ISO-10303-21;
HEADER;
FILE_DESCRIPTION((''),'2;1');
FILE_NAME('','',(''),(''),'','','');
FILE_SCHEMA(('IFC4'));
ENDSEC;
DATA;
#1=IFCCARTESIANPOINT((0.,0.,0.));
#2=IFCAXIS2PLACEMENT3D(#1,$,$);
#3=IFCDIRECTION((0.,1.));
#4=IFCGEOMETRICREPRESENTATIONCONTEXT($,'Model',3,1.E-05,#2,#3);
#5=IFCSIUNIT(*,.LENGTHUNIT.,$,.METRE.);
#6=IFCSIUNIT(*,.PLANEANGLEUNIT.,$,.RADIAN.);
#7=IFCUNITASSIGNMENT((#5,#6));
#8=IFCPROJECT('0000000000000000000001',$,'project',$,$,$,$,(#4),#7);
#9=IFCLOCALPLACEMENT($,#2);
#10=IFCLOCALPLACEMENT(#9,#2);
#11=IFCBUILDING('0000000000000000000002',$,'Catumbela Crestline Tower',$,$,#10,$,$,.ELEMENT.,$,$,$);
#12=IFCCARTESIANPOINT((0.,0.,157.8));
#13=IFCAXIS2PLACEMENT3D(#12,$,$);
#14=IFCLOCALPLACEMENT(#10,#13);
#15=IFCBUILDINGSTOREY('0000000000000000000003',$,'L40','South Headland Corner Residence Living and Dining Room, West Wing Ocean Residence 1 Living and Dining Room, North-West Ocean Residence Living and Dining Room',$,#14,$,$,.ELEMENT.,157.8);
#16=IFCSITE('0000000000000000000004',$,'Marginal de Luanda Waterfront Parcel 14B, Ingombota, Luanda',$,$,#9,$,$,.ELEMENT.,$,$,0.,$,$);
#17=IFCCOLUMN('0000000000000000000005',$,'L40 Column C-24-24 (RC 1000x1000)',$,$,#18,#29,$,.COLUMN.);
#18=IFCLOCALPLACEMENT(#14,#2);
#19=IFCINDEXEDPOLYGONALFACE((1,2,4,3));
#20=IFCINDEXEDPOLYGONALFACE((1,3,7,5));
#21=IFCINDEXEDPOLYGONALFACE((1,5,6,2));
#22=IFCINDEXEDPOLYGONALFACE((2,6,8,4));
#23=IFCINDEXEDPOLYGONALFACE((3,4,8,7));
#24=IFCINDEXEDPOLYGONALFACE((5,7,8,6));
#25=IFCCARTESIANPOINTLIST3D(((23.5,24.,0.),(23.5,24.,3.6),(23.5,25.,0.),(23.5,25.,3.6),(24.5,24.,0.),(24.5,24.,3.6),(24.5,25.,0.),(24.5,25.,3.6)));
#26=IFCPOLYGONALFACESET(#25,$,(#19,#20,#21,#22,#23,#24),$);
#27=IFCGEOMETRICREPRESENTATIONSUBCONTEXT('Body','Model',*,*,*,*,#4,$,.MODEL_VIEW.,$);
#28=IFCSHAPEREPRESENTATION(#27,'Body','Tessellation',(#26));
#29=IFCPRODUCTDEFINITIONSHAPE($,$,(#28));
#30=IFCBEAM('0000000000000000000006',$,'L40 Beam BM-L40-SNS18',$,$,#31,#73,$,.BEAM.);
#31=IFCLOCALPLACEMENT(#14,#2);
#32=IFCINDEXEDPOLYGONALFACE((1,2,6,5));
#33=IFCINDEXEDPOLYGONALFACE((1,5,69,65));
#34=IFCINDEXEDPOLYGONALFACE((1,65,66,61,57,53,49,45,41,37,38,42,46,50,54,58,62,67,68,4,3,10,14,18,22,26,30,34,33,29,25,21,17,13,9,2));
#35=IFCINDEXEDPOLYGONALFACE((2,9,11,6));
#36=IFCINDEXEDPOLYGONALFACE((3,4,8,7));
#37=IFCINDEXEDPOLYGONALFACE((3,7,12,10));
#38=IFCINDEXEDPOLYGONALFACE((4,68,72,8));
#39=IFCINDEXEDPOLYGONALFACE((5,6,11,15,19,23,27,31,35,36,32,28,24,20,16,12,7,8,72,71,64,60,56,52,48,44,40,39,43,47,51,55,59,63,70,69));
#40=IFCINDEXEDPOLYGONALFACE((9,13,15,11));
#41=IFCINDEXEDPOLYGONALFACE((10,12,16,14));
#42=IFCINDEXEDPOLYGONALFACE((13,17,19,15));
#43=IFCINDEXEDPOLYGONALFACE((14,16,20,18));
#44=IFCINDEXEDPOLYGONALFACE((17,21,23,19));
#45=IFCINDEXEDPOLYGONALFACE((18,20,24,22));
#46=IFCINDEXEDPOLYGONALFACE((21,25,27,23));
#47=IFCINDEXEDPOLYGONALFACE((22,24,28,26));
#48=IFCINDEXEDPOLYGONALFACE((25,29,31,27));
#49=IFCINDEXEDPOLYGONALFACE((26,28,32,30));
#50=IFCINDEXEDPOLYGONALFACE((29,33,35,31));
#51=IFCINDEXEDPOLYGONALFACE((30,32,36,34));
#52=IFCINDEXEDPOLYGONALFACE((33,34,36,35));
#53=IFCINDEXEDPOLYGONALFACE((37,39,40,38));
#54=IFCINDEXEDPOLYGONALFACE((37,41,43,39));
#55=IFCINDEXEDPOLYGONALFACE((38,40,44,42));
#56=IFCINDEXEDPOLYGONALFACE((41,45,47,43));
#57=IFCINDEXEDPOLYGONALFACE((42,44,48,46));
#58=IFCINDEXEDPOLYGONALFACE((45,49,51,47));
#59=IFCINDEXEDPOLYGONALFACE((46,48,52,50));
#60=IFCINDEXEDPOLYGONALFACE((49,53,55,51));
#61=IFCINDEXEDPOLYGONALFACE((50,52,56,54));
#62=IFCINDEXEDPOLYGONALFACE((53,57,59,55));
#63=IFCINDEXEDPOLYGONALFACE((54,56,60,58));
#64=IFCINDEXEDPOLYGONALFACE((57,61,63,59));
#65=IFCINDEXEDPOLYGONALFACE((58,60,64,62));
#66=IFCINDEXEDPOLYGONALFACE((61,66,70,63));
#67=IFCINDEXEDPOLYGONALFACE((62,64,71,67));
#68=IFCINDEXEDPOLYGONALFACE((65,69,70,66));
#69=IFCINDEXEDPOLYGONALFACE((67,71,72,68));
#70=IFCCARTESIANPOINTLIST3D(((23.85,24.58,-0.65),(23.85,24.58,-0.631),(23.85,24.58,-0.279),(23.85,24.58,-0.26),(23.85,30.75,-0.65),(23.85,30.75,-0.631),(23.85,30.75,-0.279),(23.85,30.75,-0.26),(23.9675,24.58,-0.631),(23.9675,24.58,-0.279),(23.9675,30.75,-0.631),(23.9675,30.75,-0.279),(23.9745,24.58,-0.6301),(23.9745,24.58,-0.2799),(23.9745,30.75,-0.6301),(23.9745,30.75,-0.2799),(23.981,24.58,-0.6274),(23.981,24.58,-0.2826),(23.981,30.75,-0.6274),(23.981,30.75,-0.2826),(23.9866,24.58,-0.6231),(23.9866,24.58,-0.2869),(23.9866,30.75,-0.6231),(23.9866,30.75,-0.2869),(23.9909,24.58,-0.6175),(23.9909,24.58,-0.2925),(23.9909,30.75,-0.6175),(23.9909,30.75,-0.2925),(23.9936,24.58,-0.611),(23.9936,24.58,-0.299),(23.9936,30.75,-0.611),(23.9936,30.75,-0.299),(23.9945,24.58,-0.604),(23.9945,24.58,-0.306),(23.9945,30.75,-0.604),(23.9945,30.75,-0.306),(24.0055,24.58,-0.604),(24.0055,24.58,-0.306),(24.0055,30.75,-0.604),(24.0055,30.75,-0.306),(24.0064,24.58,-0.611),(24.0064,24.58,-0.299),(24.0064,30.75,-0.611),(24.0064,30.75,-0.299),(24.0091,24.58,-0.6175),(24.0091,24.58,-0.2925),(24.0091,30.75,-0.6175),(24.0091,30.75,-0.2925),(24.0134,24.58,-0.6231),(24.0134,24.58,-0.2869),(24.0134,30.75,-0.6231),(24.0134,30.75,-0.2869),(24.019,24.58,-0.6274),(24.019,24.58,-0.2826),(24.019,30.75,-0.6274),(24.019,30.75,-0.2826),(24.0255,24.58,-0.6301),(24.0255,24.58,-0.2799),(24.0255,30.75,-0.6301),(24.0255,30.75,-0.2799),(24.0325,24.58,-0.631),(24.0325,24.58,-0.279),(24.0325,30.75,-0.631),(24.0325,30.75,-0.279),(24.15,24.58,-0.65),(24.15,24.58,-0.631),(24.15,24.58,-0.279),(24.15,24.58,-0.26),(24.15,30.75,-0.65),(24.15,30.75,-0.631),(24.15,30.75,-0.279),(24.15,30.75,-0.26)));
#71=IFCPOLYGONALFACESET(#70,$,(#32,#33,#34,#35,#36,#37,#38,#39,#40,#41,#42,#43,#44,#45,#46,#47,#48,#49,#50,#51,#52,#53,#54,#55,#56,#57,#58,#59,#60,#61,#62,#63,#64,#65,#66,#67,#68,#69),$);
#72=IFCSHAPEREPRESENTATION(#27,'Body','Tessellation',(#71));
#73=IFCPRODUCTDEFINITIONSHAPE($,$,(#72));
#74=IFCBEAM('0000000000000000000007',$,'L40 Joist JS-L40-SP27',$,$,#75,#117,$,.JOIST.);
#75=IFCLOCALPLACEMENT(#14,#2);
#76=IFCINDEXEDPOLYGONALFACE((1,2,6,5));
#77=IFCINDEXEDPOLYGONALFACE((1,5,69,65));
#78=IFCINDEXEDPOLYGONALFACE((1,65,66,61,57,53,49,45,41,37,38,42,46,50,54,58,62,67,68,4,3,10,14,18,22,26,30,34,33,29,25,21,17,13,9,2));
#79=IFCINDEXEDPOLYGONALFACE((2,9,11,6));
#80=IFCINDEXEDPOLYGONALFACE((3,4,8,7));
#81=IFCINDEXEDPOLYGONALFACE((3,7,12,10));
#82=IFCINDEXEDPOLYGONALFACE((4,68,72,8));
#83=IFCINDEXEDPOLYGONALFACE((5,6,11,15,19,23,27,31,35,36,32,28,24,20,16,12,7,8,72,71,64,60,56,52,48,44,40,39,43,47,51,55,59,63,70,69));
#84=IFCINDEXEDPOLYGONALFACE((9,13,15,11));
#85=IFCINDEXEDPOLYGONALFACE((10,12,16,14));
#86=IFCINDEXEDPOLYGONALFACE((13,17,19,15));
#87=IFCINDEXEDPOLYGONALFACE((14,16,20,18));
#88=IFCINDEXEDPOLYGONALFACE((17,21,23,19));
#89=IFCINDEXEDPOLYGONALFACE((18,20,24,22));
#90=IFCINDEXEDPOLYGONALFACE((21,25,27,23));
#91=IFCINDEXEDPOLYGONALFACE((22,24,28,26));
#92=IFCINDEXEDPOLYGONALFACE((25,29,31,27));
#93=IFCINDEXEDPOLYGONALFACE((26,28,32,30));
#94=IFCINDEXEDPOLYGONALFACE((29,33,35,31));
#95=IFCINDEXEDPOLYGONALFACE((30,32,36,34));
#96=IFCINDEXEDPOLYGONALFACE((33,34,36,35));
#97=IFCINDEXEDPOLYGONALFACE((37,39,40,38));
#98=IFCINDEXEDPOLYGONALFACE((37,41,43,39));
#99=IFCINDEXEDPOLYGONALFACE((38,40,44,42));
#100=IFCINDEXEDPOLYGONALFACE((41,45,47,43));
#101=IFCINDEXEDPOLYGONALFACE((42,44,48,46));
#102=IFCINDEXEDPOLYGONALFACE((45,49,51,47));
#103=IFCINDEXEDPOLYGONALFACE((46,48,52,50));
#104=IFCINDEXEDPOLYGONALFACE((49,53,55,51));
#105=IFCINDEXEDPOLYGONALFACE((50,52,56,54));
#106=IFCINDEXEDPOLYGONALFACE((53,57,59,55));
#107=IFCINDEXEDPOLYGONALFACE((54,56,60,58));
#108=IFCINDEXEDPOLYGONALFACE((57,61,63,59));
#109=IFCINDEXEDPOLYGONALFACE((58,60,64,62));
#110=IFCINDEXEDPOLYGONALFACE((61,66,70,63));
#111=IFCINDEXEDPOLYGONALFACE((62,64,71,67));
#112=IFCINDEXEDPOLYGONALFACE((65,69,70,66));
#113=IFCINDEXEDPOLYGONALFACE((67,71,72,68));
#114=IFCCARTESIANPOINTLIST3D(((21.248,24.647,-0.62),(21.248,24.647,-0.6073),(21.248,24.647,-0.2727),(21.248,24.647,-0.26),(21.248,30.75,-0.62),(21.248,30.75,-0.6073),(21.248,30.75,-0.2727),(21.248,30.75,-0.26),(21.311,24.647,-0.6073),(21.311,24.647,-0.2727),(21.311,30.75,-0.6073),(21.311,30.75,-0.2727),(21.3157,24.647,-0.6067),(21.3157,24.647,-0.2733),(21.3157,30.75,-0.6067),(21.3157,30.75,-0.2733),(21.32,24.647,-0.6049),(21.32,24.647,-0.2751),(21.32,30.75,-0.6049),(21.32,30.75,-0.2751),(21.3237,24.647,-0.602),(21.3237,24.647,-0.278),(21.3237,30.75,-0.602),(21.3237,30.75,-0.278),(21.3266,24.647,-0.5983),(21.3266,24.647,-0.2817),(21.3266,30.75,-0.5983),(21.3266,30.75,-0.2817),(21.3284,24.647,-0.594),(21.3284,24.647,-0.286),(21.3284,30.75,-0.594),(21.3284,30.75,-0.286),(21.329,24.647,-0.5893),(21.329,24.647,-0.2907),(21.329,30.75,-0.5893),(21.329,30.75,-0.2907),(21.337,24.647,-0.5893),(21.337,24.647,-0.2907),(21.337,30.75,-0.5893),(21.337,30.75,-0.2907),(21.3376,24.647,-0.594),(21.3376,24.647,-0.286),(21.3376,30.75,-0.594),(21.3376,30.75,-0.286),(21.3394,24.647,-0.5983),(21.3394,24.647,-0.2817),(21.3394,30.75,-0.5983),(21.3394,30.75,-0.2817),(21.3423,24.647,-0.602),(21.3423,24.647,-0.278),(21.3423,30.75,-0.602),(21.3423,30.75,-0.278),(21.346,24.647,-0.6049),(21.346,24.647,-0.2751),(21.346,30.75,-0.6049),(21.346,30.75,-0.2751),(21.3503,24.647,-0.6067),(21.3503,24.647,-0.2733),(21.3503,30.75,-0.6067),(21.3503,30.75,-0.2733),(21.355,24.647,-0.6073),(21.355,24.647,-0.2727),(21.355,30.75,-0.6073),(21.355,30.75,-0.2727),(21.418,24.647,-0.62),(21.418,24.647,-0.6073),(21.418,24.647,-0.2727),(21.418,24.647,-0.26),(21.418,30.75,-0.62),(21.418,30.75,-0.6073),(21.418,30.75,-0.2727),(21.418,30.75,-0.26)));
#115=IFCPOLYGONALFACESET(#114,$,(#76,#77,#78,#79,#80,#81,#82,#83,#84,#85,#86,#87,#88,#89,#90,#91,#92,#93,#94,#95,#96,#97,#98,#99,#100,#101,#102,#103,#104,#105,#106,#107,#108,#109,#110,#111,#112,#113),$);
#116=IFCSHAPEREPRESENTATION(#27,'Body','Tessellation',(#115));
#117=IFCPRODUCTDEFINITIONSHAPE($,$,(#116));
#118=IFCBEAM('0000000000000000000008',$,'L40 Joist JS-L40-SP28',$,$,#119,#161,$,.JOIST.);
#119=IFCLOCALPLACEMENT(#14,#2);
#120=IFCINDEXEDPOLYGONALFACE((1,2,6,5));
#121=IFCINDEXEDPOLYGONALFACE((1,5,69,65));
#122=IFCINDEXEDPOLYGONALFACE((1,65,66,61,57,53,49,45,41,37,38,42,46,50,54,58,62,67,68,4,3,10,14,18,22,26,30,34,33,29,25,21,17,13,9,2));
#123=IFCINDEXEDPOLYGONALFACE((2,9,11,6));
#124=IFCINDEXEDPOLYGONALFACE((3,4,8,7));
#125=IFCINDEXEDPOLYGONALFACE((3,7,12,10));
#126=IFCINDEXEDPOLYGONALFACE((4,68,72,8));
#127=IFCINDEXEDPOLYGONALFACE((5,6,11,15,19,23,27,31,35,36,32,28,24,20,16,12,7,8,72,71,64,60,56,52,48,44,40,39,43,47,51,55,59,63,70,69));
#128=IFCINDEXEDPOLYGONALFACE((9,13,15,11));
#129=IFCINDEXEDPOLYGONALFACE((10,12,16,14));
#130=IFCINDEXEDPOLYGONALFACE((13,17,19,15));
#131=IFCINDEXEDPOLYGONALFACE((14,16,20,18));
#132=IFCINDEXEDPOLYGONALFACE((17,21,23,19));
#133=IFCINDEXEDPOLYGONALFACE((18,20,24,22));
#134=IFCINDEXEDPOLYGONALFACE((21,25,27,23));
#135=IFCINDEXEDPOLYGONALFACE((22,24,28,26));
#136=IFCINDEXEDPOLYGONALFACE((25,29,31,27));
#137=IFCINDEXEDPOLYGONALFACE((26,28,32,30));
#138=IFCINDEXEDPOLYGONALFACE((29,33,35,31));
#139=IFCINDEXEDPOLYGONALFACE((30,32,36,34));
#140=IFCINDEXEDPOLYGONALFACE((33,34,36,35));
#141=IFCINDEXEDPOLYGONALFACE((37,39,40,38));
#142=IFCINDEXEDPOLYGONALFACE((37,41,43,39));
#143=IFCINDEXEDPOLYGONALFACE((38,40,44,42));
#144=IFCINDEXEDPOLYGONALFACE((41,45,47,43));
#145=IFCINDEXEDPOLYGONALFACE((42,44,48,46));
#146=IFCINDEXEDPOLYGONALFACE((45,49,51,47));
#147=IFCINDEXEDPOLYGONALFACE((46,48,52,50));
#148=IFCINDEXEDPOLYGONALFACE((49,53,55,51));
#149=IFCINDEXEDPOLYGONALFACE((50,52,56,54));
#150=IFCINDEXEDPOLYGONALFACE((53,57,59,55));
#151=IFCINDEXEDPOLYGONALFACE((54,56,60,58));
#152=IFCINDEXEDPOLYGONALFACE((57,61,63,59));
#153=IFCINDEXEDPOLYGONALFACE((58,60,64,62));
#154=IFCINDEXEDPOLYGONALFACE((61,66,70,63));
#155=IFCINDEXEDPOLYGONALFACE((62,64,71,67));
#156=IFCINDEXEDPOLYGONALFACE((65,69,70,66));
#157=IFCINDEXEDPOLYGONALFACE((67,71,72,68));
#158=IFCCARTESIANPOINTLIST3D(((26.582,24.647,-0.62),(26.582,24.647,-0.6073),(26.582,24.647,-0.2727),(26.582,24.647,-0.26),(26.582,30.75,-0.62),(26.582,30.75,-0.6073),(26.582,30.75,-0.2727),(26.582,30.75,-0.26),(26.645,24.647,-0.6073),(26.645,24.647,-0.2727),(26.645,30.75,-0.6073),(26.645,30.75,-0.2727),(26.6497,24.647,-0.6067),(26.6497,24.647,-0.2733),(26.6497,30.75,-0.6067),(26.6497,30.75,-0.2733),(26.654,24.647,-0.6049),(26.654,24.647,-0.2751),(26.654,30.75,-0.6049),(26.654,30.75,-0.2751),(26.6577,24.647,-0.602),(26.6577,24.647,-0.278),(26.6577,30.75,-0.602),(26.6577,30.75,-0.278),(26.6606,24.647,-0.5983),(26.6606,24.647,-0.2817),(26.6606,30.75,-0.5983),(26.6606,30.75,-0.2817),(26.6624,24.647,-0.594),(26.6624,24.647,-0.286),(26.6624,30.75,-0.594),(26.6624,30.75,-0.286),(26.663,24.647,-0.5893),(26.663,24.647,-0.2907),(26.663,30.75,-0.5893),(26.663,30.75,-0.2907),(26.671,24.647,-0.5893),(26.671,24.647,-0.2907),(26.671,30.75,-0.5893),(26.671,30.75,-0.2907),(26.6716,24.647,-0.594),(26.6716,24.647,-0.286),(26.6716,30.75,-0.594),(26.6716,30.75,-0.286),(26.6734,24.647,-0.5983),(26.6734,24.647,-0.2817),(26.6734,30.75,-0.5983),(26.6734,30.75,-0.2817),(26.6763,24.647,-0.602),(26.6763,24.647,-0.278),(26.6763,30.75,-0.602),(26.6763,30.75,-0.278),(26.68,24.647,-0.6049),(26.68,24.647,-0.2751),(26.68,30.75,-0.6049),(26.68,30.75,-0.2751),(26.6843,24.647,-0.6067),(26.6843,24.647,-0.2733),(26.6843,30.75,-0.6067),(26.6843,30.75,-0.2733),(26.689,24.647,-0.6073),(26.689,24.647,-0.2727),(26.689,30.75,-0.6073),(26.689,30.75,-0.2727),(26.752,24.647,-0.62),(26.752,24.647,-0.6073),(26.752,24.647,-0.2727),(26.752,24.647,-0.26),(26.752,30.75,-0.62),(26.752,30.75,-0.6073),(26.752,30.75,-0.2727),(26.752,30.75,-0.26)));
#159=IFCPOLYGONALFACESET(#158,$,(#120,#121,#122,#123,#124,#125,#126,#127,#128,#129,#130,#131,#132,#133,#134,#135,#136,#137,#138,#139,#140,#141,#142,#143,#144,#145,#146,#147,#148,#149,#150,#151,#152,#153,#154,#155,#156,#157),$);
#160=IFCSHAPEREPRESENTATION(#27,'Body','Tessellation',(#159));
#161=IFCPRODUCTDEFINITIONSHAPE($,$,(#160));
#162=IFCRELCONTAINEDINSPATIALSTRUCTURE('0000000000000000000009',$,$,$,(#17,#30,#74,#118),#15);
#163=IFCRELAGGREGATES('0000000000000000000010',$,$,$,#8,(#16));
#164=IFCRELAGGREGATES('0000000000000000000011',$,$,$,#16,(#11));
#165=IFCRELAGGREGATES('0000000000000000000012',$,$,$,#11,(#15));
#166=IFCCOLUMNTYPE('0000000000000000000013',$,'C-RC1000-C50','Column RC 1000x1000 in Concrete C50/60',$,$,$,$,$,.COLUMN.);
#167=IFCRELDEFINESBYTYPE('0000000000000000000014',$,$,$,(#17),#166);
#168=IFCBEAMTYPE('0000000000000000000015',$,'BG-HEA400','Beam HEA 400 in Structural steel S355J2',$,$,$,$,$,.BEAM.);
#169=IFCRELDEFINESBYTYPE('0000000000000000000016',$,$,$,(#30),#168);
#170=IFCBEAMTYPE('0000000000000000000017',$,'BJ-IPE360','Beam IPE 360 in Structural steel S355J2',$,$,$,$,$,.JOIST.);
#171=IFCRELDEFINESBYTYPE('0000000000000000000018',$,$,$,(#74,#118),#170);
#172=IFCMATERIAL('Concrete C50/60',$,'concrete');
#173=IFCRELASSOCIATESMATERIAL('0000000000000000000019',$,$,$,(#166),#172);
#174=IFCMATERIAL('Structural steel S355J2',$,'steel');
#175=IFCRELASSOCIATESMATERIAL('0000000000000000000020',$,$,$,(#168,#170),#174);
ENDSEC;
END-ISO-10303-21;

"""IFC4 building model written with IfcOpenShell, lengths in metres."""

from ifc_helpers import new_model, si_unit, direction, frame, origin, origin_2d, place, context, subcontext, project, spatial, rectangle, i_section, extrude, material, material_profile, profile_set, type_object, element, save


model = new_model("IFC4")

# Units and contexts
model_context = context("Model", 3, precision=1e-05, world=origin(), true_north=direction((0.0, 1.0)))
body_context = subcontext(model_context, "Body", "Model", "MODEL_VIEW")
ifc_project = project(units=[si_unit("LENGTHUNIT", "METRE"), si_unit("PLANEANGLEUNIT", "RADIAN")], contexts=[model_context])

# Site, building, storey
site_placement = place(None, origin())
site = spatial("IfcSite", under=ifc_project, at=site_placement, Name="Marginal de Luanda Waterfront Parcel 14B, Ingombota, Luanda", CompositionType="ELEMENT", RefElevation=0.0)
building_placement = place(site_placement, origin())
building = spatial("IfcBuilding", under=site, at=building_placement, Name="Catumbela Crestline Tower", CompositionType="ELEMENT")
storey_placement = place(building_placement, frame((0.0, 0.0, 157.8)))
storey = spatial("IfcBuildingStorey", under=building, at=storey_placement, Name="L40", Description="South Headland Corner Residence Living and Dining Room, West Wing Ocean Residence 1 Living and Dining Room, North-West Ocean Residence Living and Dining Room", CompositionType="ELEMENT", Elevation=157.8)

# Column
ifc_material_1 = material(Name="Concrete C50/60", Category="concrete")
ifc_material_profile_1 = material_profile(ifc_material_1, rectangle(XDim=1.0, YDim=1.0, at=origin_2d()), Name="RC 1000x1000")
ifc_profile_set_1 = profile_set([ifc_material_profile_1], Name="Concrete C50/60")
column_type = type_object("IfcColumnType", Name="C-RC1000-C50", Description="Column RC 1000x1000 in Concrete C50/60", PredefinedType="COLUMN", material=ifc_profile_set_1)
column_placement = place(storey_placement, frame((24.0, 24.5, 0.0), z_axis=(0.0, 0.0, 1.0), x_axis=(1.0, 0.0, 0.0)))
element("IfcColumn", 1, at=column_placement, inside=storey, type_object=column_type, Name="L40 Column C-24-24 (RC 1000x1000)", PredefinedType="COLUMN", context=body_context, shape_type="SweptSolid", body=[
    extrude(rectangle(XDim=1.0, YDim=1.0, at=origin_2d()), origin(), (0.0, 0.0, 1.0), 3.6),
])

# Beams
ifc_material_2 = material(Name="Structural steel S355J2", Category="steel")
ifc_material_profile_2 = material_profile(ifc_material_2, i_section(OverallWidth=0.3, OverallDepth=0.39, WebThickness=0.011, FlangeThickness=0.019, FilletRadius=0.027, at=origin_2d()), Name="HEA 400")
ifc_profile_set_2 = profile_set([ifc_material_profile_2], Name="Structural steel S355J2")
beam_type_1 = type_object("IfcBeamType", Name="BG-HEA400", Description="Beam HEA 400 in Structural steel S355J2", PredefinedType="BEAM", material=ifc_profile_set_2)
beam_1_placement = place(storey_placement, frame((24.0, 24.58, -0.455), z_axis=(0.0, 1.0, 0.0), x_axis=(-1.0, 0.0, 0.0)))
element("IfcBeam", 2, at=beam_1_placement, inside=storey, type_object=beam_type_1, Name="L40 Beam BM-L40-SNS18", PredefinedType="BEAM", context=body_context, shape_type="SweptSolid", body=[
    extrude(i_section(OverallWidth=0.3, OverallDepth=0.39, WebThickness=0.011, FlangeThickness=0.019, FilletRadius=0.027, at=origin_2d()), origin(), (0.0, 0.0, 1.0), 6.17),
])
ifc_material_profile_3 = material_profile(ifc_material_2, i_section(OverallWidth=0.17, OverallDepth=0.36, WebThickness=0.008, FlangeThickness=0.0127, FilletRadius=0.018, at=origin_2d()), Name="IPE 360")
ifc_profile_set_3 = profile_set([ifc_material_profile_3], Name="Structural steel S355J2")
beam_type_2 = type_object("IfcBeamType", Name="BJ-IPE360", Description="Beam IPE 360 in Structural steel S355J2", PredefinedType="JOIST", material=ifc_profile_set_3)
for number, where, z_axis, x_axis, name in (
    (3, (21.333, 24.647, -0.44), (0.0, 1.0, 0.0), (-1.0, 0.0, 0.0), "L40 Joist JS-L40-SP27"),
    (4, (26.667, 24.647, -0.44), (0.0, 1.0, 0.0), (-1.0, 0.0, 0.0), "L40 Joist JS-L40-SP28"),
):
    element("IfcBeam", number, at=place(storey_placement, frame(where, z_axis=z_axis, x_axis=x_axis)), inside=storey, type_object=beam_type_2, Name=name, PredefinedType="JOIST", context=body_context, shape_type="SweptSolid", body=[
        extrude(i_section(OverallWidth=0.17, OverallDepth=0.36, WebThickness=0.008, FlangeThickness=0.0127, FilletRadius=0.018, at=origin_2d()), origin(), (0.0, 0.0, 1.0), 6.103),
    ])

save(model, "model.ifc")
